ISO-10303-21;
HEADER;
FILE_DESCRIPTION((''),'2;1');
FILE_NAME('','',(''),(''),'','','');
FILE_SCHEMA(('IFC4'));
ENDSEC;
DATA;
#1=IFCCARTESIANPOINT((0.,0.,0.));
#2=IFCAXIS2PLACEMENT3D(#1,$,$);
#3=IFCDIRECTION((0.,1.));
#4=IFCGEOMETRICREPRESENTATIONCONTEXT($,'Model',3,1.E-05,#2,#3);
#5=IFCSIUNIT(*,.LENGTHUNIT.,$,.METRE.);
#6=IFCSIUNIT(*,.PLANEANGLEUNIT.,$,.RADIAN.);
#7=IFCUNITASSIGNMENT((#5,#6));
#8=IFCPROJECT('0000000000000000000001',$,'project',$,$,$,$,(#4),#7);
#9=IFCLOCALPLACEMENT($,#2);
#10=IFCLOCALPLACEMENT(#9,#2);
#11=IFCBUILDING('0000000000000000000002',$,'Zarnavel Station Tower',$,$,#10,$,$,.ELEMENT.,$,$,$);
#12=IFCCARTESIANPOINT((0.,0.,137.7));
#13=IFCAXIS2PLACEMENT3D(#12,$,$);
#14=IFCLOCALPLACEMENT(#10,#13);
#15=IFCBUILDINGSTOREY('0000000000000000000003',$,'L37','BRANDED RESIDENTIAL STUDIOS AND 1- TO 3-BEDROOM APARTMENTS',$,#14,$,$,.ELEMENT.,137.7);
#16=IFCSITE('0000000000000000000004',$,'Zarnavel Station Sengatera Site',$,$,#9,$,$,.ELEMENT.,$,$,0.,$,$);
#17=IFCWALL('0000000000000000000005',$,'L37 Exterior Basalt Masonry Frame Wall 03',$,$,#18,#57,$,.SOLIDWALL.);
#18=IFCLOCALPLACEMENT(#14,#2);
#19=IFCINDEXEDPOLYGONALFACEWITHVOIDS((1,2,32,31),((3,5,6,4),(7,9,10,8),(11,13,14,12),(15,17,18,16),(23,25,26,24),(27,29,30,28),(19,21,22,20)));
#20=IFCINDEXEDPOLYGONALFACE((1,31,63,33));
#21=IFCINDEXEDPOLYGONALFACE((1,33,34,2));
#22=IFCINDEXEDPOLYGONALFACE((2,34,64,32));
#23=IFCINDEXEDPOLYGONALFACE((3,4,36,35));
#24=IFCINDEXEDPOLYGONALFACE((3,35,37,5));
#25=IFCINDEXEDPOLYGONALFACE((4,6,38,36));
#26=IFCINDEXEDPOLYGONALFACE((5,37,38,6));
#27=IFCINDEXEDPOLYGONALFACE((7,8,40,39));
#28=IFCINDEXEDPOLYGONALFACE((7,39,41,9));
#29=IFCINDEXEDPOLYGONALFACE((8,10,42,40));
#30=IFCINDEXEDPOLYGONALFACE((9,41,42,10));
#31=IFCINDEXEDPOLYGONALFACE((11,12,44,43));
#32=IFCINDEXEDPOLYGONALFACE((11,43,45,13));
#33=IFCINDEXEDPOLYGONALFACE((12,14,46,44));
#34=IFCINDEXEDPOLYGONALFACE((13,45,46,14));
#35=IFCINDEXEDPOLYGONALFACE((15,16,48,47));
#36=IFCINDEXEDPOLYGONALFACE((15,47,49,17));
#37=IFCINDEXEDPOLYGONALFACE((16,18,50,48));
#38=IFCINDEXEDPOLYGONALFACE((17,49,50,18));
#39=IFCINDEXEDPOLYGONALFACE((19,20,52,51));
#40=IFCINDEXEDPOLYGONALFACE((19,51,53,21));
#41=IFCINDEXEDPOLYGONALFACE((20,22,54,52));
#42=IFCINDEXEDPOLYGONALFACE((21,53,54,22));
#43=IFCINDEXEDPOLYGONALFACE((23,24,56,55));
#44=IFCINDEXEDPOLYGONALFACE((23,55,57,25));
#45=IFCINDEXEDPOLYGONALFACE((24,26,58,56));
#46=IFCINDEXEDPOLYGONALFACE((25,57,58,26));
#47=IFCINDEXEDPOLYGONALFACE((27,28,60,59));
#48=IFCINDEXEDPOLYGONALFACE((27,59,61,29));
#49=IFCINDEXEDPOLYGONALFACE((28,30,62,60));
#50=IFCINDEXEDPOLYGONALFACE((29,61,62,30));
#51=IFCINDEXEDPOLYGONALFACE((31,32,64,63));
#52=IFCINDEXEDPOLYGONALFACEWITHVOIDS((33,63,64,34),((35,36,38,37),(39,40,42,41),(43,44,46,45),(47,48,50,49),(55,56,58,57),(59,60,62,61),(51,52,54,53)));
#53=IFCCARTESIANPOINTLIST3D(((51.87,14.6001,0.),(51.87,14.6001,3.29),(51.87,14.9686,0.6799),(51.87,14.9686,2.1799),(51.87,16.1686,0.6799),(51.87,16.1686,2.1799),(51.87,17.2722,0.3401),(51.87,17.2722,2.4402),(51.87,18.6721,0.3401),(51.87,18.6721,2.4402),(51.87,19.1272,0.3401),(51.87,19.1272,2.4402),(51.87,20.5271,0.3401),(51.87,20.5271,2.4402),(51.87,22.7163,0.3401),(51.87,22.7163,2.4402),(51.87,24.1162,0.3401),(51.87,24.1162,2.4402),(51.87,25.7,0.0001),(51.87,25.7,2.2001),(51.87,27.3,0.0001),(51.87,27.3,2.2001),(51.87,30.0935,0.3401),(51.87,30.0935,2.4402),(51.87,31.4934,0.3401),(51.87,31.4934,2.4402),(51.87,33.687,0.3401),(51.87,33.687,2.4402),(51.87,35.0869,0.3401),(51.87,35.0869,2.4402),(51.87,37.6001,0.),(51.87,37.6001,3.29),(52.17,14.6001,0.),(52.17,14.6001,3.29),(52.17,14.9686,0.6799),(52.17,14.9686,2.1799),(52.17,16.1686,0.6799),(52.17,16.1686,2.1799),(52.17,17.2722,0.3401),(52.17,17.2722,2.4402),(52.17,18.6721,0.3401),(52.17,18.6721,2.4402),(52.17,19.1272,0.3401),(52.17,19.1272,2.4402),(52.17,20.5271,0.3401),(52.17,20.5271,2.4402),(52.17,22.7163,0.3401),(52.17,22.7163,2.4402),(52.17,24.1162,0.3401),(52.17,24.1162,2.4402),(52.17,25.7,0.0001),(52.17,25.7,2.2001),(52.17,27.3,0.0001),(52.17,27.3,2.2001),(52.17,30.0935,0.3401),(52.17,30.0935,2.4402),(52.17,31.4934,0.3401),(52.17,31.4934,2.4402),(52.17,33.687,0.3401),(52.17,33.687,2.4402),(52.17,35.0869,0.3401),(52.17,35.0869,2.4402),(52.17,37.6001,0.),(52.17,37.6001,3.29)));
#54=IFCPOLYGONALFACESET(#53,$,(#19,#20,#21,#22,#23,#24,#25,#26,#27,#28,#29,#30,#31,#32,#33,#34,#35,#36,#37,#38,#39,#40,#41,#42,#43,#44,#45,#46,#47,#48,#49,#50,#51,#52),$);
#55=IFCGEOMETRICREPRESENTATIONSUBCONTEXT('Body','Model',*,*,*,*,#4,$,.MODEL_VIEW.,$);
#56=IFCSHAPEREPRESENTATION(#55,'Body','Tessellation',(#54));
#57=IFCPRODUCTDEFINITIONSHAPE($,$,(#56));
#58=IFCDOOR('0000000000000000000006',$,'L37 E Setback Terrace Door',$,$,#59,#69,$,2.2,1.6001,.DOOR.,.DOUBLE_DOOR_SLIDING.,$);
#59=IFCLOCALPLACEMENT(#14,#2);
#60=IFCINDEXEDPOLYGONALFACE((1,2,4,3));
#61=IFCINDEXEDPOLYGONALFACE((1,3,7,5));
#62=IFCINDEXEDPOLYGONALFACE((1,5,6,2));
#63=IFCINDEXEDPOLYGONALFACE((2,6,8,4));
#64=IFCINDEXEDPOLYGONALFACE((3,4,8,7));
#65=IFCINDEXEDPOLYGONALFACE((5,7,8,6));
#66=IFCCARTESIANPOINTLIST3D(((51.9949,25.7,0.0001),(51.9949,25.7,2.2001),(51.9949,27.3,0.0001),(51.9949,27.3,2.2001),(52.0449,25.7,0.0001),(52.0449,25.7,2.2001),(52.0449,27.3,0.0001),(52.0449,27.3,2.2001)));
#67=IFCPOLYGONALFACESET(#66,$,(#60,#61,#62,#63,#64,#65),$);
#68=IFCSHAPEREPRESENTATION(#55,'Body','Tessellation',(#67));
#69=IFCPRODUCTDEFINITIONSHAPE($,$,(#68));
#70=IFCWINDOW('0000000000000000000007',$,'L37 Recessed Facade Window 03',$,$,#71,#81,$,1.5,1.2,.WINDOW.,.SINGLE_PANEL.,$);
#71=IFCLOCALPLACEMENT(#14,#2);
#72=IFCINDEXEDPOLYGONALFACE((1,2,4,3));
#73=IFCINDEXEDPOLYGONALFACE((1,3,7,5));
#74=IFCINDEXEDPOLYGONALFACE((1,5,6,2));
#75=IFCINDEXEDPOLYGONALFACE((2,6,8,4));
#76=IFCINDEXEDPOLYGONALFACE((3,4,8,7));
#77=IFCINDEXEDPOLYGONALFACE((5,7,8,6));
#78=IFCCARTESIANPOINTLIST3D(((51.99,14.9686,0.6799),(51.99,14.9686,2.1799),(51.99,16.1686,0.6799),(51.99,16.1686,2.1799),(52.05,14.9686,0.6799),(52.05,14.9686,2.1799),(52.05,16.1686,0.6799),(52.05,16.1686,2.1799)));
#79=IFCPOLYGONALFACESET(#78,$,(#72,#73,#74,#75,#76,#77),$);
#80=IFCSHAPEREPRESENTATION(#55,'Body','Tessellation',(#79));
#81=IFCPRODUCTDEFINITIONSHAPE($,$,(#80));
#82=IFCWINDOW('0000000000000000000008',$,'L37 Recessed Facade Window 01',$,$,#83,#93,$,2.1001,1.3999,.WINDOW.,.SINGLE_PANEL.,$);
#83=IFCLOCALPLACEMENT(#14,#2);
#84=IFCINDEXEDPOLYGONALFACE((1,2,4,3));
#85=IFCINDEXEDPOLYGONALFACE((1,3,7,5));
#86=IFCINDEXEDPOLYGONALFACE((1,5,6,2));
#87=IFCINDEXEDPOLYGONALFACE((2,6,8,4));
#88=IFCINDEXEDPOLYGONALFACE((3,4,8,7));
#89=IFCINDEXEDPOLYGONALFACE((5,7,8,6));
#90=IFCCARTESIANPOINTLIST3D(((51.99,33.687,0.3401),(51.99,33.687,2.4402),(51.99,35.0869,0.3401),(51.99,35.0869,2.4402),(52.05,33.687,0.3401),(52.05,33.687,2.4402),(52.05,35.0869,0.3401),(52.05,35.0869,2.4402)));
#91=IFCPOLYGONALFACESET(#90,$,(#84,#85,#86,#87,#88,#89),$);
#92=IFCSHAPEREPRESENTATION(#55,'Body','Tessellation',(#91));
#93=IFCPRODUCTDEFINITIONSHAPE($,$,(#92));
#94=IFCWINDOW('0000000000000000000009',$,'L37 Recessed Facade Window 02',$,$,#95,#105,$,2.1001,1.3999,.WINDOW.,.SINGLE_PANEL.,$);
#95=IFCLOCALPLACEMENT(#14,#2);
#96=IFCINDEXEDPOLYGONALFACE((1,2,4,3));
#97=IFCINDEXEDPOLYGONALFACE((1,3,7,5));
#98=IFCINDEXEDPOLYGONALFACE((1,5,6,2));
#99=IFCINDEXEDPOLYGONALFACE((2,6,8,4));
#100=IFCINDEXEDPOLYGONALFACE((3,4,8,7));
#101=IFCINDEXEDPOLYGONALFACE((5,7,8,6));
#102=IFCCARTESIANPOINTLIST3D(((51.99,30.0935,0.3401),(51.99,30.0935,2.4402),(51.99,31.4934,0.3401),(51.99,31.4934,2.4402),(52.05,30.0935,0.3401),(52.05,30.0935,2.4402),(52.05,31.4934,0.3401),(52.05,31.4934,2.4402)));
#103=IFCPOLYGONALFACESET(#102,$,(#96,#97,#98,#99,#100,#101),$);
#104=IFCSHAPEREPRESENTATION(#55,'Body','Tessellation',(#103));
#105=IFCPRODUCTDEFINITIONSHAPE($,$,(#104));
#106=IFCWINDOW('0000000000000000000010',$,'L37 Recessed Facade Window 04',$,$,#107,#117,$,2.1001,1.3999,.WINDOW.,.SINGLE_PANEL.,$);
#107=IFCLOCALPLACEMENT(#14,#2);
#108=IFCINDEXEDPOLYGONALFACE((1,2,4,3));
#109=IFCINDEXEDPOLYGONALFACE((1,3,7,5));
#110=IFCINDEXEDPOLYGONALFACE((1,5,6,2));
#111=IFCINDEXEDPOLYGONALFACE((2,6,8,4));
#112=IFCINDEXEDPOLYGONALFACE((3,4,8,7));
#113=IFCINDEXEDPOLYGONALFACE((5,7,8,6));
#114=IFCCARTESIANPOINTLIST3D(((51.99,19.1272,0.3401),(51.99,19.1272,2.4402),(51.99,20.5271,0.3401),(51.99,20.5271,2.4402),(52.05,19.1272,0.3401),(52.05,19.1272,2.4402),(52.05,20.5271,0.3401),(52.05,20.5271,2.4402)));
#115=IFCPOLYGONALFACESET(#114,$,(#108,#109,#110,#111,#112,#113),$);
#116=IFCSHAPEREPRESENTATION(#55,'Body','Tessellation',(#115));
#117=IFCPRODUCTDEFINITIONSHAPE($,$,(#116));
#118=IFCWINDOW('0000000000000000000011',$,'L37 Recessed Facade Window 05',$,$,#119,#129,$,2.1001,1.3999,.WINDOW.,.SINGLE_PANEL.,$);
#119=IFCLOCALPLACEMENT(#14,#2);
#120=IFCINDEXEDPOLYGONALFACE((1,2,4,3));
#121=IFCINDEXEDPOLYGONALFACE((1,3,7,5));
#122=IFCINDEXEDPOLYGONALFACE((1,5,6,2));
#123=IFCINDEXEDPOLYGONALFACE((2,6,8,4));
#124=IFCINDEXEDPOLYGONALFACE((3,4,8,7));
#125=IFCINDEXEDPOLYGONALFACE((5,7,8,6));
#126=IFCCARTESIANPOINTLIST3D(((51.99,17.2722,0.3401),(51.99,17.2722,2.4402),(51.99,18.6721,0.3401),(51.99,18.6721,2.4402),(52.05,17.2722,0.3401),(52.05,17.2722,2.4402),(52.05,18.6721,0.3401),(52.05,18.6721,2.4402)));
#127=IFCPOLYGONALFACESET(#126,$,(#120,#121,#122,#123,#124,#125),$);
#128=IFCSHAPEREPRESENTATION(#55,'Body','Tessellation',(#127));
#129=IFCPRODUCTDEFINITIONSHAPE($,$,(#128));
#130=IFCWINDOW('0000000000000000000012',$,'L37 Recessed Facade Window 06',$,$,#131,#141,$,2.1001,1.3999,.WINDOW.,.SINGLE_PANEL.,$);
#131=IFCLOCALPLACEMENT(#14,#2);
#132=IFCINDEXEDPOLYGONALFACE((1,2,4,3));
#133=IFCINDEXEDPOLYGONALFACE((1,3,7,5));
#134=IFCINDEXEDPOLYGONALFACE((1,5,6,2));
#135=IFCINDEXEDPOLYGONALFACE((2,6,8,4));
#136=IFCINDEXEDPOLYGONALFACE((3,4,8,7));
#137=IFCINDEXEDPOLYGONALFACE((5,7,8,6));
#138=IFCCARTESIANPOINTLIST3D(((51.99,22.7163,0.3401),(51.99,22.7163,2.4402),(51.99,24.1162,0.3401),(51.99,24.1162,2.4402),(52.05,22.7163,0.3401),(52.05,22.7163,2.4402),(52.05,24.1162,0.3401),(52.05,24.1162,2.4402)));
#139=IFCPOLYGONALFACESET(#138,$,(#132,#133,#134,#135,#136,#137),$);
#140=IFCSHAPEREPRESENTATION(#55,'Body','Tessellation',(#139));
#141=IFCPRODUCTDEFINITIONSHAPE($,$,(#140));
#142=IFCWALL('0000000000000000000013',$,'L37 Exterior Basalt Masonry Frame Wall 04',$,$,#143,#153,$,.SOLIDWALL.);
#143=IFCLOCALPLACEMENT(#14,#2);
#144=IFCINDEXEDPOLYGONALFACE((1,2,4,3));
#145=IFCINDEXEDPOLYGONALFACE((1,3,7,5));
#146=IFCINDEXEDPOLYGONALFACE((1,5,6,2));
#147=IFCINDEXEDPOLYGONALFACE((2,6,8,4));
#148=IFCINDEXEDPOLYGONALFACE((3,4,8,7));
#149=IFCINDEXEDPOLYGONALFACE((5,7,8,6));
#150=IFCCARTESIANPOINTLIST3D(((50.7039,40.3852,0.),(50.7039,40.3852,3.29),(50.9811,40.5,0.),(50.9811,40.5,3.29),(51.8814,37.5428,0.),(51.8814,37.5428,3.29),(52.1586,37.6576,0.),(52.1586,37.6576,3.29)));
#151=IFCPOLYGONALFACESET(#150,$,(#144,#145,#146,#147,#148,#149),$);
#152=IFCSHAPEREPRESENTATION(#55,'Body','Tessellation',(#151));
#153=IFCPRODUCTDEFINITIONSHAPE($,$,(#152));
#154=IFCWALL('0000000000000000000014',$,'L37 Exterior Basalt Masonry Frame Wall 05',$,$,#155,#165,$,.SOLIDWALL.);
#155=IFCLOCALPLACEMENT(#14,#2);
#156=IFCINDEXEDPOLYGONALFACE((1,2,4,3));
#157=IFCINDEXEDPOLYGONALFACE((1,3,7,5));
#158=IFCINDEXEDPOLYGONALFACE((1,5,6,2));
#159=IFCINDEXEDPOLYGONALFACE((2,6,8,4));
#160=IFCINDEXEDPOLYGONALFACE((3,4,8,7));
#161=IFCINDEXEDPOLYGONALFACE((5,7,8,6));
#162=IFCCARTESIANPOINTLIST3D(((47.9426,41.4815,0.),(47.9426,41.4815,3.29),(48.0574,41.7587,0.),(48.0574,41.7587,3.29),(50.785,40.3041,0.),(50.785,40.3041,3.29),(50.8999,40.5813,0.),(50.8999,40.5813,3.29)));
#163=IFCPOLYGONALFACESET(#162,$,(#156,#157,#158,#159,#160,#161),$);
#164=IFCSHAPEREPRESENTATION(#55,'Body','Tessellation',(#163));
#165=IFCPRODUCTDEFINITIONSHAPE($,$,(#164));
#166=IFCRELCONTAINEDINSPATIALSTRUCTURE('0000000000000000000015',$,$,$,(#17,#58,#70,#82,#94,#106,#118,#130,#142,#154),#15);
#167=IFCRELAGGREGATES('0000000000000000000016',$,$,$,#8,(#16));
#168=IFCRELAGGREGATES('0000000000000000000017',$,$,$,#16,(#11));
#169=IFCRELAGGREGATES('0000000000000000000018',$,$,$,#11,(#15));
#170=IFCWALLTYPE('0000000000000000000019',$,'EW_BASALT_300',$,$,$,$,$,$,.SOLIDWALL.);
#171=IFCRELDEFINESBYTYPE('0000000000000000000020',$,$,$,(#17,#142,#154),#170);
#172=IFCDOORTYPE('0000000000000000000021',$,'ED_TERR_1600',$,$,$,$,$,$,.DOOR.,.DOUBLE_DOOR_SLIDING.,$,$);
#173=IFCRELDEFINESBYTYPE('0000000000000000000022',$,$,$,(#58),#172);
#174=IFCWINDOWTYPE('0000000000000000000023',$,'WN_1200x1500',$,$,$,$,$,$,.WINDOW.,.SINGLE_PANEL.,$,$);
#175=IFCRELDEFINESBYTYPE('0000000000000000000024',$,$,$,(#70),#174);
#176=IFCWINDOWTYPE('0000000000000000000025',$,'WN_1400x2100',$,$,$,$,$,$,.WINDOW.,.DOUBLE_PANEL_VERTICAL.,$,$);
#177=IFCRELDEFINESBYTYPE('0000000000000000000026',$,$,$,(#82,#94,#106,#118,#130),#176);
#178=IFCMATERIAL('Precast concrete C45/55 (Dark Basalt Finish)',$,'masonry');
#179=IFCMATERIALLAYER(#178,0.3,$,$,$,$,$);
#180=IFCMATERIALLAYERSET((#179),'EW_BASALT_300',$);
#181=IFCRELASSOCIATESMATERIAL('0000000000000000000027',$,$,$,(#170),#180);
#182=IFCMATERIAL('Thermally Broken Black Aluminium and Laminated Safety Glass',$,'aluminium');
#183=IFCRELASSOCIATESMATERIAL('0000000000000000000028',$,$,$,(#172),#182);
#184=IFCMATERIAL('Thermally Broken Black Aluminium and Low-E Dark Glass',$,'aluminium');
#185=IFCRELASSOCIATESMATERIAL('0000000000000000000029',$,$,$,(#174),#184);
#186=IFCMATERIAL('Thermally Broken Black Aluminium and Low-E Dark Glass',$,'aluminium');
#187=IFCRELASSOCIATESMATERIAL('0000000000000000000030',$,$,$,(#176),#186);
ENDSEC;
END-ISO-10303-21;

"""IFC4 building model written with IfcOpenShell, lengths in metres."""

from ifc_helpers import new_model, si_unit, direction, frame, frame_2d, origin, place, context, subcontext, project, spatial, rectangle, extrude, material, layer, layer_set, type_object, element, fill, save


model = new_model("IFC4")

# Units and contexts
model_context = context("Model", 3, precision=1e-05, world=origin(), true_north=direction((0.0, 1.0)))
body_context = subcontext(model_context, "Body", "Model", "MODEL_VIEW")
ifc_project = project(units=[si_unit("LENGTHUNIT", "METRE"), si_unit("PLANEANGLEUNIT", "RADIAN")], contexts=[model_context])

# Site, building, storey
site_placement = place(None, origin())
site = spatial("IfcSite", under=ifc_project, at=site_placement, Name="Zarnavel Station Sengatera Site", CompositionType="ELEMENT", RefElevation=0.0)
building_placement = place(site_placement, origin())
building = spatial("IfcBuilding", under=site, at=building_placement, Name="Zarnavel Station Tower", CompositionType="ELEMENT")
storey_placement = place(building_placement, frame((0.0, 0.0, 137.7)))
storey = spatial("IfcBuildingStorey", under=building, at=storey_placement, Name="L37", Description="BRANDED RESIDENTIAL STUDIOS AND 1- TO 3-BEDROOM APARTMENTS", CompositionType="ELEMENT", Elevation=137.7)

# Wall, openings, door, windows
ifc_material_1 = material(Name="Precast concrete C45/55 (Dark Basalt Finish)", Category="masonry")
ifc_layer_1 = layer(ifc_material_1, 0.3)
ifc_layer_set_1 = layer_set([ifc_layer_1], Name="EW_BASALT_300")
wall_type_1 = type_object("IfcWallType", Name="EW_BASALT_300", PredefinedType="SOLIDWALL", material=ifc_layer_set_1)
wall_1_placement = place(storey_placement, frame((52.02, 37.6001, 0.0), z_axis=(0.0, 0.0, 1.0), x_axis=(0.0, -1.0, 0.0)))
wall_1 = element("IfcWall", 1, at=wall_1_placement, inside=storey, type_object=wall_type_1, Name="L37 Exterior Basalt Masonry Frame Wall 03", PredefinedType="SOLIDWALL", context=body_context, shape_type="SweptSolid", body=[
    extrude(rectangle(XDim=23.0, YDim=0.3, at=frame_2d((11.5, 0.0))), origin(), (0.0, 0.0, 1.0), 3.29),
])
opening_1_placement = place(wall_1_placement, frame((10.3, 0.0, 0.0)))
opening_1 = element("IfcOpeningElement", 2, at=opening_1_placement, cuts=wall_1, PredefinedType="OPENING", context=body_context, shape_type="SweptSolid", body=[
    extrude(rectangle(XDim=1.6001, YDim=2.2, at=frame_2d((0.8, 1.1001))), frame((0.0, 0.1599, 0.0), z_axis=(0.0, -1.0, 0.0), x_axis=(1.0, 0.0, 0.0)), (0.0, 0.0, 1.0), 0.3201),
])
opening_2_placement = place(wall_1_placement, frame((2.5132, 0.0, 0.3401)))
opening_2 = element("IfcOpeningElement", 3, at=opening_2_placement, cuts=wall_1, PredefinedType="OPENING", context=body_context, shape_type="SweptSolid", body=[
    extrude(rectangle(XDim=1.3999, YDim=2.1001, at=frame_2d((0.7, 1.05))), frame((0.0, 0.1599, 0.0), z_axis=(0.0, -1.0, 0.0), x_axis=(1.0, 0.0, 0.0)), (0.0, 0.0, 1.0), 0.3201),
])
opening_3_placement = place(wall_1_placement, frame((6.1067, 0.0, 0.3401)))
opening_3 = element("IfcOpeningElement", 4, at=opening_3_placement, cuts=wall_1, PredefinedType="OPENING", context=body_context, shape_type="SweptSolid", body=[
    extrude(rectangle(XDim=1.3999, YDim=2.1001, at=frame_2d((0.7, 1.05))), frame((0.0, 0.1599, 0.0), z_axis=(0.0, -1.0, 0.0), x_axis=(1.0, 0.0, 0.0)), (0.0, 0.0, 1.0), 0.3201),
])
opening_4_placement = place(wall_1_placement, frame((21.4314, 0.0, 0.6799)))
opening_4 = element("IfcOpeningElement", 5, at=opening_4_placement, cuts=wall_1, PredefinedType="OPENING", context=body_context, shape_type="SweptSolid", body=[
    extrude(rectangle(XDim=1.2, YDim=1.5, at=frame_2d((0.6001, 0.75))), frame((0.0, 0.1599, 0.0), z_axis=(0.0, -1.0, 0.0), x_axis=(1.0, 0.0, 0.0)), (0.0, 0.0, 1.0), 0.3201),
])
opening_5_placement = place(wall_1_placement, frame((17.073, 0.0, 0.3401)))
opening_5 = element("IfcOpeningElement", 6, at=opening_5_placement, cuts=wall_1, PredefinedType="OPENING", context=body_context, shape_type="SweptSolid", body=[
    extrude(rectangle(XDim=1.3999, YDim=2.1001, at=frame_2d((0.7, 1.05))), frame((0.0, 0.1599, 0.0), z_axis=(0.0, -1.0, 0.0), x_axis=(1.0, 0.0, 0.0)), (0.0, 0.0, 1.0), 0.3201),
])
opening_6_placement = place(wall_1_placement, frame((18.928, 0.0, 0.3401)))
opening_6 = element("IfcOpeningElement", 7, at=opening_6_placement, cuts=wall_1, PredefinedType="OPENING", context=body_context, shape_type="SweptSolid", body=[
    extrude(rectangle(XDim=1.3999, YDim=2.1001, at=frame_2d((0.7, 1.05))), frame((0.0, 0.1599, 0.0), z_axis=(0.0, -1.0, 0.0), x_axis=(1.0, 0.0, 0.0)), (0.0, 0.0, 1.0), 0.3201),
])
opening_7_placement = place(wall_1_placement, frame((13.4839, 0.0, 0.3401)))
opening_7 = element("IfcOpeningElement", 8, at=opening_7_placement, cuts=wall_1, PredefinedType="OPENING", context=body_context, shape_type="SweptSolid", body=[
    extrude(rectangle(XDim=1.3999, YDim=2.1001, at=frame_2d((0.7, 1.05))), frame((0.0, 0.1599, 0.0), z_axis=(0.0, -1.0, 0.0), x_axis=(1.0, 0.0, 0.0)), (0.0, 0.0, 1.0), 0.3201),
])
ifc_material_2 = material(Name="Thermally Broken Black Aluminium and Laminated Safety Glass", Category="aluminium")
door_type_1 = type_object("IfcDoorType", Name="ED_TERR_1600", OperationType="DOUBLE_DOOR_SLIDING", PredefinedType="DOOR", material=ifc_material_2)
door_1_placement = place(opening_1_placement, origin())
door_1 = element("IfcDoor", 9, at=door_1_placement, inside=storey, type_object=door_type_1, Name="L37 E Setback Terrace Door", OperationType="DOUBLE_DOOR_SLIDING", OverallHeight=2.2, OverallWidth=1.6001, PredefinedType="DOOR", context=body_context, shape_type="SweptSolid", body=[
    extrude(rectangle(XDim=1.6001, YDim=2.2, at=frame_2d((0.8, 1.1001))), frame((0.0, 0.0249, 0.0), z_axis=(0.0, -1.0, 0.0), x_axis=(1.0, 0.0, 0.0)), (0.0, 0.0, 1.0), 0.05),
])
fill(opening_1, door_1)
ifc_material_3 = material(Name="Thermally Broken Black Aluminium and Low-E Dark Glass", Category="aluminium")
window_type_1 = type_object("IfcWindowType", Name="WN_1200x1500", PartitioningType="SINGLE_PANEL", PredefinedType="WINDOW", material=ifc_material_3)
window_1_placement = place(opening_4_placement, origin())
window_1 = element("IfcWindow", 10, at=window_1_placement, inside=storey, type_object=window_type_1, Name="L37 Recessed Facade Window 03", OverallHeight=1.5, OverallWidth=1.2, PartitioningType="SINGLE_PANEL", PredefinedType="WINDOW", context=body_context, shape_type="SweptSolid", body=[
    extrude(rectangle(XDim=1.2, YDim=1.5, at=frame_2d((0.6001, 0.75))), frame((0.0, 0.03, 0.0), z_axis=(0.0, -1.0, 0.0), x_axis=(1.0, 0.0, 0.0)), (0.0, 0.0, 1.0), 0.0601),
])
fill(opening_4, window_1)
ifc_material_4 = material(Name="Thermally Broken Black Aluminium and Low-E Dark Glass", Category="aluminium")
window_type_2 = type_object("IfcWindowType", Name="WN_1400x2100", PartitioningType="DOUBLE_PANEL_VERTICAL", PredefinedType="WINDOW", material=ifc_material_4)
window_2_placement = place(opening_2_placement, origin())
window_2 = element("IfcWindow", 11, at=window_2_placement, inside=storey, type_object=window_type_2, Name="L37 Recessed Facade Window 01", OverallHeight=2.1001, OverallWidth=1.3999, PartitioningType="SINGLE_PANEL", PredefinedType="WINDOW", context=body_context, shape_type="SweptSolid", body=[
    extrude(rectangle(XDim=1.3999, YDim=2.1001, at=frame_2d((0.7, 1.05))), frame((0.0, 0.03, 0.0), z_axis=(0.0, -1.0, 0.0), x_axis=(1.0, 0.0, 0.0)), (0.0, 0.0, 1.0), 0.0601),
])
fill(opening_2, window_2)
window_3_placement = place(opening_3_placement, origin())
window_3 = element("IfcWindow", 12, at=window_3_placement, inside=storey, type_object=window_type_2, Name="L37 Recessed Facade Window 02", OverallHeight=2.1001, OverallWidth=1.3999, PartitioningType="SINGLE_PANEL", PredefinedType="WINDOW", context=body_context, shape_type="SweptSolid", body=[
    extrude(rectangle(XDim=1.3999, YDim=2.1001, at=frame_2d((0.7, 1.05))), frame((0.0, 0.03, 0.0), z_axis=(0.0, -1.0, 0.0), x_axis=(1.0, 0.0, 0.0)), (0.0, 0.0, 1.0), 0.0601),
])
fill(opening_3, window_3)
window_4_placement = place(opening_5_placement, origin())
window_4 = element("IfcWindow", 13, at=window_4_placement, inside=storey, type_object=window_type_2, Name="L37 Recessed Facade Window 04", OverallHeight=2.1001, OverallWidth=1.3999, PartitioningType="SINGLE_PANEL", PredefinedType="WINDOW", context=body_context, shape_type="SweptSolid", body=[
    extrude(rectangle(XDim=1.3999, YDim=2.1001, at=frame_2d((0.7, 1.05))), frame((0.0, 0.03, 0.0), z_axis=(0.0, -1.0, 0.0), x_axis=(1.0, 0.0, 0.0)), (0.0, 0.0, 1.0), 0.0601),
])
fill(opening_5, window_4)
window_5_placement = place(opening_6_placement, origin())
window_5 = element("IfcWindow", 14, at=window_5_placement, inside=storey, type_object=window_type_2, Name="L37 Recessed Facade Window 05", OverallHeight=2.1001, OverallWidth=1.3999, PartitioningType="SINGLE_PANEL", PredefinedType="WINDOW", context=body_context, shape_type="SweptSolid", body=[
    extrude(rectangle(XDim=1.3999, YDim=2.1001, at=frame_2d((0.7, 1.05))), frame((0.0, 0.03, 0.0), z_axis=(0.0, -1.0, 0.0), x_axis=(1.0, 0.0, 0.0)), (0.0, 0.0, 1.0), 0.0601),
])
fill(opening_6, window_5)
window_6_placement = place(opening_7_placement, origin())
window_6 = element("IfcWindow", 15, at=window_6_placement, inside=storey, type_object=window_type_2, Name="L37 Recessed Facade Window 06", OverallHeight=2.1001, OverallWidth=1.3999, PartitioningType="SINGLE_PANEL", PredefinedType="WINDOW", context=body_context, shape_type="SweptSolid", body=[
    extrude(rectangle(XDim=1.3999, YDim=2.1001, at=frame_2d((0.7, 1.05))), frame((0.0, 0.03, 0.0), z_axis=(0.0, -1.0, 0.0), x_axis=(1.0, 0.0, 0.0)), (0.0, 0.0, 1.0), 0.0601),
])
fill(opening_7, window_6)

# Walls
for number, where, z_axis, x_axis, name in (
    (16, (50.8425, 40.4426, 0.0), (0.0, 0.0, 1.0), (0.382705, -0.923871, 0.0), "L37 Exterior Basalt Masonry Frame Wall 04"),
    (17, (48.0, 41.6201, 0.0), (0.0, 0.0, 1.0), (0.923871, -0.382705, 0.0), "L37 Exterior Basalt Masonry Frame Wall 05"),
):
    element("IfcWall", number, at=place(storey_placement, frame(where, z_axis=z_axis, x_axis=x_axis)), inside=storey, type_object=wall_type_1, Name=name, PredefinedType="SOLIDWALL", context=body_context, shape_type="SweptSolid", body=[
        extrude(rectangle(XDim=3.0767, YDim=0.3, at=frame_2d((1.5383, 0.0))), origin(), (0.0, 0.0, 1.0), 3.29),
    ])

save(model, "model.ifc")
